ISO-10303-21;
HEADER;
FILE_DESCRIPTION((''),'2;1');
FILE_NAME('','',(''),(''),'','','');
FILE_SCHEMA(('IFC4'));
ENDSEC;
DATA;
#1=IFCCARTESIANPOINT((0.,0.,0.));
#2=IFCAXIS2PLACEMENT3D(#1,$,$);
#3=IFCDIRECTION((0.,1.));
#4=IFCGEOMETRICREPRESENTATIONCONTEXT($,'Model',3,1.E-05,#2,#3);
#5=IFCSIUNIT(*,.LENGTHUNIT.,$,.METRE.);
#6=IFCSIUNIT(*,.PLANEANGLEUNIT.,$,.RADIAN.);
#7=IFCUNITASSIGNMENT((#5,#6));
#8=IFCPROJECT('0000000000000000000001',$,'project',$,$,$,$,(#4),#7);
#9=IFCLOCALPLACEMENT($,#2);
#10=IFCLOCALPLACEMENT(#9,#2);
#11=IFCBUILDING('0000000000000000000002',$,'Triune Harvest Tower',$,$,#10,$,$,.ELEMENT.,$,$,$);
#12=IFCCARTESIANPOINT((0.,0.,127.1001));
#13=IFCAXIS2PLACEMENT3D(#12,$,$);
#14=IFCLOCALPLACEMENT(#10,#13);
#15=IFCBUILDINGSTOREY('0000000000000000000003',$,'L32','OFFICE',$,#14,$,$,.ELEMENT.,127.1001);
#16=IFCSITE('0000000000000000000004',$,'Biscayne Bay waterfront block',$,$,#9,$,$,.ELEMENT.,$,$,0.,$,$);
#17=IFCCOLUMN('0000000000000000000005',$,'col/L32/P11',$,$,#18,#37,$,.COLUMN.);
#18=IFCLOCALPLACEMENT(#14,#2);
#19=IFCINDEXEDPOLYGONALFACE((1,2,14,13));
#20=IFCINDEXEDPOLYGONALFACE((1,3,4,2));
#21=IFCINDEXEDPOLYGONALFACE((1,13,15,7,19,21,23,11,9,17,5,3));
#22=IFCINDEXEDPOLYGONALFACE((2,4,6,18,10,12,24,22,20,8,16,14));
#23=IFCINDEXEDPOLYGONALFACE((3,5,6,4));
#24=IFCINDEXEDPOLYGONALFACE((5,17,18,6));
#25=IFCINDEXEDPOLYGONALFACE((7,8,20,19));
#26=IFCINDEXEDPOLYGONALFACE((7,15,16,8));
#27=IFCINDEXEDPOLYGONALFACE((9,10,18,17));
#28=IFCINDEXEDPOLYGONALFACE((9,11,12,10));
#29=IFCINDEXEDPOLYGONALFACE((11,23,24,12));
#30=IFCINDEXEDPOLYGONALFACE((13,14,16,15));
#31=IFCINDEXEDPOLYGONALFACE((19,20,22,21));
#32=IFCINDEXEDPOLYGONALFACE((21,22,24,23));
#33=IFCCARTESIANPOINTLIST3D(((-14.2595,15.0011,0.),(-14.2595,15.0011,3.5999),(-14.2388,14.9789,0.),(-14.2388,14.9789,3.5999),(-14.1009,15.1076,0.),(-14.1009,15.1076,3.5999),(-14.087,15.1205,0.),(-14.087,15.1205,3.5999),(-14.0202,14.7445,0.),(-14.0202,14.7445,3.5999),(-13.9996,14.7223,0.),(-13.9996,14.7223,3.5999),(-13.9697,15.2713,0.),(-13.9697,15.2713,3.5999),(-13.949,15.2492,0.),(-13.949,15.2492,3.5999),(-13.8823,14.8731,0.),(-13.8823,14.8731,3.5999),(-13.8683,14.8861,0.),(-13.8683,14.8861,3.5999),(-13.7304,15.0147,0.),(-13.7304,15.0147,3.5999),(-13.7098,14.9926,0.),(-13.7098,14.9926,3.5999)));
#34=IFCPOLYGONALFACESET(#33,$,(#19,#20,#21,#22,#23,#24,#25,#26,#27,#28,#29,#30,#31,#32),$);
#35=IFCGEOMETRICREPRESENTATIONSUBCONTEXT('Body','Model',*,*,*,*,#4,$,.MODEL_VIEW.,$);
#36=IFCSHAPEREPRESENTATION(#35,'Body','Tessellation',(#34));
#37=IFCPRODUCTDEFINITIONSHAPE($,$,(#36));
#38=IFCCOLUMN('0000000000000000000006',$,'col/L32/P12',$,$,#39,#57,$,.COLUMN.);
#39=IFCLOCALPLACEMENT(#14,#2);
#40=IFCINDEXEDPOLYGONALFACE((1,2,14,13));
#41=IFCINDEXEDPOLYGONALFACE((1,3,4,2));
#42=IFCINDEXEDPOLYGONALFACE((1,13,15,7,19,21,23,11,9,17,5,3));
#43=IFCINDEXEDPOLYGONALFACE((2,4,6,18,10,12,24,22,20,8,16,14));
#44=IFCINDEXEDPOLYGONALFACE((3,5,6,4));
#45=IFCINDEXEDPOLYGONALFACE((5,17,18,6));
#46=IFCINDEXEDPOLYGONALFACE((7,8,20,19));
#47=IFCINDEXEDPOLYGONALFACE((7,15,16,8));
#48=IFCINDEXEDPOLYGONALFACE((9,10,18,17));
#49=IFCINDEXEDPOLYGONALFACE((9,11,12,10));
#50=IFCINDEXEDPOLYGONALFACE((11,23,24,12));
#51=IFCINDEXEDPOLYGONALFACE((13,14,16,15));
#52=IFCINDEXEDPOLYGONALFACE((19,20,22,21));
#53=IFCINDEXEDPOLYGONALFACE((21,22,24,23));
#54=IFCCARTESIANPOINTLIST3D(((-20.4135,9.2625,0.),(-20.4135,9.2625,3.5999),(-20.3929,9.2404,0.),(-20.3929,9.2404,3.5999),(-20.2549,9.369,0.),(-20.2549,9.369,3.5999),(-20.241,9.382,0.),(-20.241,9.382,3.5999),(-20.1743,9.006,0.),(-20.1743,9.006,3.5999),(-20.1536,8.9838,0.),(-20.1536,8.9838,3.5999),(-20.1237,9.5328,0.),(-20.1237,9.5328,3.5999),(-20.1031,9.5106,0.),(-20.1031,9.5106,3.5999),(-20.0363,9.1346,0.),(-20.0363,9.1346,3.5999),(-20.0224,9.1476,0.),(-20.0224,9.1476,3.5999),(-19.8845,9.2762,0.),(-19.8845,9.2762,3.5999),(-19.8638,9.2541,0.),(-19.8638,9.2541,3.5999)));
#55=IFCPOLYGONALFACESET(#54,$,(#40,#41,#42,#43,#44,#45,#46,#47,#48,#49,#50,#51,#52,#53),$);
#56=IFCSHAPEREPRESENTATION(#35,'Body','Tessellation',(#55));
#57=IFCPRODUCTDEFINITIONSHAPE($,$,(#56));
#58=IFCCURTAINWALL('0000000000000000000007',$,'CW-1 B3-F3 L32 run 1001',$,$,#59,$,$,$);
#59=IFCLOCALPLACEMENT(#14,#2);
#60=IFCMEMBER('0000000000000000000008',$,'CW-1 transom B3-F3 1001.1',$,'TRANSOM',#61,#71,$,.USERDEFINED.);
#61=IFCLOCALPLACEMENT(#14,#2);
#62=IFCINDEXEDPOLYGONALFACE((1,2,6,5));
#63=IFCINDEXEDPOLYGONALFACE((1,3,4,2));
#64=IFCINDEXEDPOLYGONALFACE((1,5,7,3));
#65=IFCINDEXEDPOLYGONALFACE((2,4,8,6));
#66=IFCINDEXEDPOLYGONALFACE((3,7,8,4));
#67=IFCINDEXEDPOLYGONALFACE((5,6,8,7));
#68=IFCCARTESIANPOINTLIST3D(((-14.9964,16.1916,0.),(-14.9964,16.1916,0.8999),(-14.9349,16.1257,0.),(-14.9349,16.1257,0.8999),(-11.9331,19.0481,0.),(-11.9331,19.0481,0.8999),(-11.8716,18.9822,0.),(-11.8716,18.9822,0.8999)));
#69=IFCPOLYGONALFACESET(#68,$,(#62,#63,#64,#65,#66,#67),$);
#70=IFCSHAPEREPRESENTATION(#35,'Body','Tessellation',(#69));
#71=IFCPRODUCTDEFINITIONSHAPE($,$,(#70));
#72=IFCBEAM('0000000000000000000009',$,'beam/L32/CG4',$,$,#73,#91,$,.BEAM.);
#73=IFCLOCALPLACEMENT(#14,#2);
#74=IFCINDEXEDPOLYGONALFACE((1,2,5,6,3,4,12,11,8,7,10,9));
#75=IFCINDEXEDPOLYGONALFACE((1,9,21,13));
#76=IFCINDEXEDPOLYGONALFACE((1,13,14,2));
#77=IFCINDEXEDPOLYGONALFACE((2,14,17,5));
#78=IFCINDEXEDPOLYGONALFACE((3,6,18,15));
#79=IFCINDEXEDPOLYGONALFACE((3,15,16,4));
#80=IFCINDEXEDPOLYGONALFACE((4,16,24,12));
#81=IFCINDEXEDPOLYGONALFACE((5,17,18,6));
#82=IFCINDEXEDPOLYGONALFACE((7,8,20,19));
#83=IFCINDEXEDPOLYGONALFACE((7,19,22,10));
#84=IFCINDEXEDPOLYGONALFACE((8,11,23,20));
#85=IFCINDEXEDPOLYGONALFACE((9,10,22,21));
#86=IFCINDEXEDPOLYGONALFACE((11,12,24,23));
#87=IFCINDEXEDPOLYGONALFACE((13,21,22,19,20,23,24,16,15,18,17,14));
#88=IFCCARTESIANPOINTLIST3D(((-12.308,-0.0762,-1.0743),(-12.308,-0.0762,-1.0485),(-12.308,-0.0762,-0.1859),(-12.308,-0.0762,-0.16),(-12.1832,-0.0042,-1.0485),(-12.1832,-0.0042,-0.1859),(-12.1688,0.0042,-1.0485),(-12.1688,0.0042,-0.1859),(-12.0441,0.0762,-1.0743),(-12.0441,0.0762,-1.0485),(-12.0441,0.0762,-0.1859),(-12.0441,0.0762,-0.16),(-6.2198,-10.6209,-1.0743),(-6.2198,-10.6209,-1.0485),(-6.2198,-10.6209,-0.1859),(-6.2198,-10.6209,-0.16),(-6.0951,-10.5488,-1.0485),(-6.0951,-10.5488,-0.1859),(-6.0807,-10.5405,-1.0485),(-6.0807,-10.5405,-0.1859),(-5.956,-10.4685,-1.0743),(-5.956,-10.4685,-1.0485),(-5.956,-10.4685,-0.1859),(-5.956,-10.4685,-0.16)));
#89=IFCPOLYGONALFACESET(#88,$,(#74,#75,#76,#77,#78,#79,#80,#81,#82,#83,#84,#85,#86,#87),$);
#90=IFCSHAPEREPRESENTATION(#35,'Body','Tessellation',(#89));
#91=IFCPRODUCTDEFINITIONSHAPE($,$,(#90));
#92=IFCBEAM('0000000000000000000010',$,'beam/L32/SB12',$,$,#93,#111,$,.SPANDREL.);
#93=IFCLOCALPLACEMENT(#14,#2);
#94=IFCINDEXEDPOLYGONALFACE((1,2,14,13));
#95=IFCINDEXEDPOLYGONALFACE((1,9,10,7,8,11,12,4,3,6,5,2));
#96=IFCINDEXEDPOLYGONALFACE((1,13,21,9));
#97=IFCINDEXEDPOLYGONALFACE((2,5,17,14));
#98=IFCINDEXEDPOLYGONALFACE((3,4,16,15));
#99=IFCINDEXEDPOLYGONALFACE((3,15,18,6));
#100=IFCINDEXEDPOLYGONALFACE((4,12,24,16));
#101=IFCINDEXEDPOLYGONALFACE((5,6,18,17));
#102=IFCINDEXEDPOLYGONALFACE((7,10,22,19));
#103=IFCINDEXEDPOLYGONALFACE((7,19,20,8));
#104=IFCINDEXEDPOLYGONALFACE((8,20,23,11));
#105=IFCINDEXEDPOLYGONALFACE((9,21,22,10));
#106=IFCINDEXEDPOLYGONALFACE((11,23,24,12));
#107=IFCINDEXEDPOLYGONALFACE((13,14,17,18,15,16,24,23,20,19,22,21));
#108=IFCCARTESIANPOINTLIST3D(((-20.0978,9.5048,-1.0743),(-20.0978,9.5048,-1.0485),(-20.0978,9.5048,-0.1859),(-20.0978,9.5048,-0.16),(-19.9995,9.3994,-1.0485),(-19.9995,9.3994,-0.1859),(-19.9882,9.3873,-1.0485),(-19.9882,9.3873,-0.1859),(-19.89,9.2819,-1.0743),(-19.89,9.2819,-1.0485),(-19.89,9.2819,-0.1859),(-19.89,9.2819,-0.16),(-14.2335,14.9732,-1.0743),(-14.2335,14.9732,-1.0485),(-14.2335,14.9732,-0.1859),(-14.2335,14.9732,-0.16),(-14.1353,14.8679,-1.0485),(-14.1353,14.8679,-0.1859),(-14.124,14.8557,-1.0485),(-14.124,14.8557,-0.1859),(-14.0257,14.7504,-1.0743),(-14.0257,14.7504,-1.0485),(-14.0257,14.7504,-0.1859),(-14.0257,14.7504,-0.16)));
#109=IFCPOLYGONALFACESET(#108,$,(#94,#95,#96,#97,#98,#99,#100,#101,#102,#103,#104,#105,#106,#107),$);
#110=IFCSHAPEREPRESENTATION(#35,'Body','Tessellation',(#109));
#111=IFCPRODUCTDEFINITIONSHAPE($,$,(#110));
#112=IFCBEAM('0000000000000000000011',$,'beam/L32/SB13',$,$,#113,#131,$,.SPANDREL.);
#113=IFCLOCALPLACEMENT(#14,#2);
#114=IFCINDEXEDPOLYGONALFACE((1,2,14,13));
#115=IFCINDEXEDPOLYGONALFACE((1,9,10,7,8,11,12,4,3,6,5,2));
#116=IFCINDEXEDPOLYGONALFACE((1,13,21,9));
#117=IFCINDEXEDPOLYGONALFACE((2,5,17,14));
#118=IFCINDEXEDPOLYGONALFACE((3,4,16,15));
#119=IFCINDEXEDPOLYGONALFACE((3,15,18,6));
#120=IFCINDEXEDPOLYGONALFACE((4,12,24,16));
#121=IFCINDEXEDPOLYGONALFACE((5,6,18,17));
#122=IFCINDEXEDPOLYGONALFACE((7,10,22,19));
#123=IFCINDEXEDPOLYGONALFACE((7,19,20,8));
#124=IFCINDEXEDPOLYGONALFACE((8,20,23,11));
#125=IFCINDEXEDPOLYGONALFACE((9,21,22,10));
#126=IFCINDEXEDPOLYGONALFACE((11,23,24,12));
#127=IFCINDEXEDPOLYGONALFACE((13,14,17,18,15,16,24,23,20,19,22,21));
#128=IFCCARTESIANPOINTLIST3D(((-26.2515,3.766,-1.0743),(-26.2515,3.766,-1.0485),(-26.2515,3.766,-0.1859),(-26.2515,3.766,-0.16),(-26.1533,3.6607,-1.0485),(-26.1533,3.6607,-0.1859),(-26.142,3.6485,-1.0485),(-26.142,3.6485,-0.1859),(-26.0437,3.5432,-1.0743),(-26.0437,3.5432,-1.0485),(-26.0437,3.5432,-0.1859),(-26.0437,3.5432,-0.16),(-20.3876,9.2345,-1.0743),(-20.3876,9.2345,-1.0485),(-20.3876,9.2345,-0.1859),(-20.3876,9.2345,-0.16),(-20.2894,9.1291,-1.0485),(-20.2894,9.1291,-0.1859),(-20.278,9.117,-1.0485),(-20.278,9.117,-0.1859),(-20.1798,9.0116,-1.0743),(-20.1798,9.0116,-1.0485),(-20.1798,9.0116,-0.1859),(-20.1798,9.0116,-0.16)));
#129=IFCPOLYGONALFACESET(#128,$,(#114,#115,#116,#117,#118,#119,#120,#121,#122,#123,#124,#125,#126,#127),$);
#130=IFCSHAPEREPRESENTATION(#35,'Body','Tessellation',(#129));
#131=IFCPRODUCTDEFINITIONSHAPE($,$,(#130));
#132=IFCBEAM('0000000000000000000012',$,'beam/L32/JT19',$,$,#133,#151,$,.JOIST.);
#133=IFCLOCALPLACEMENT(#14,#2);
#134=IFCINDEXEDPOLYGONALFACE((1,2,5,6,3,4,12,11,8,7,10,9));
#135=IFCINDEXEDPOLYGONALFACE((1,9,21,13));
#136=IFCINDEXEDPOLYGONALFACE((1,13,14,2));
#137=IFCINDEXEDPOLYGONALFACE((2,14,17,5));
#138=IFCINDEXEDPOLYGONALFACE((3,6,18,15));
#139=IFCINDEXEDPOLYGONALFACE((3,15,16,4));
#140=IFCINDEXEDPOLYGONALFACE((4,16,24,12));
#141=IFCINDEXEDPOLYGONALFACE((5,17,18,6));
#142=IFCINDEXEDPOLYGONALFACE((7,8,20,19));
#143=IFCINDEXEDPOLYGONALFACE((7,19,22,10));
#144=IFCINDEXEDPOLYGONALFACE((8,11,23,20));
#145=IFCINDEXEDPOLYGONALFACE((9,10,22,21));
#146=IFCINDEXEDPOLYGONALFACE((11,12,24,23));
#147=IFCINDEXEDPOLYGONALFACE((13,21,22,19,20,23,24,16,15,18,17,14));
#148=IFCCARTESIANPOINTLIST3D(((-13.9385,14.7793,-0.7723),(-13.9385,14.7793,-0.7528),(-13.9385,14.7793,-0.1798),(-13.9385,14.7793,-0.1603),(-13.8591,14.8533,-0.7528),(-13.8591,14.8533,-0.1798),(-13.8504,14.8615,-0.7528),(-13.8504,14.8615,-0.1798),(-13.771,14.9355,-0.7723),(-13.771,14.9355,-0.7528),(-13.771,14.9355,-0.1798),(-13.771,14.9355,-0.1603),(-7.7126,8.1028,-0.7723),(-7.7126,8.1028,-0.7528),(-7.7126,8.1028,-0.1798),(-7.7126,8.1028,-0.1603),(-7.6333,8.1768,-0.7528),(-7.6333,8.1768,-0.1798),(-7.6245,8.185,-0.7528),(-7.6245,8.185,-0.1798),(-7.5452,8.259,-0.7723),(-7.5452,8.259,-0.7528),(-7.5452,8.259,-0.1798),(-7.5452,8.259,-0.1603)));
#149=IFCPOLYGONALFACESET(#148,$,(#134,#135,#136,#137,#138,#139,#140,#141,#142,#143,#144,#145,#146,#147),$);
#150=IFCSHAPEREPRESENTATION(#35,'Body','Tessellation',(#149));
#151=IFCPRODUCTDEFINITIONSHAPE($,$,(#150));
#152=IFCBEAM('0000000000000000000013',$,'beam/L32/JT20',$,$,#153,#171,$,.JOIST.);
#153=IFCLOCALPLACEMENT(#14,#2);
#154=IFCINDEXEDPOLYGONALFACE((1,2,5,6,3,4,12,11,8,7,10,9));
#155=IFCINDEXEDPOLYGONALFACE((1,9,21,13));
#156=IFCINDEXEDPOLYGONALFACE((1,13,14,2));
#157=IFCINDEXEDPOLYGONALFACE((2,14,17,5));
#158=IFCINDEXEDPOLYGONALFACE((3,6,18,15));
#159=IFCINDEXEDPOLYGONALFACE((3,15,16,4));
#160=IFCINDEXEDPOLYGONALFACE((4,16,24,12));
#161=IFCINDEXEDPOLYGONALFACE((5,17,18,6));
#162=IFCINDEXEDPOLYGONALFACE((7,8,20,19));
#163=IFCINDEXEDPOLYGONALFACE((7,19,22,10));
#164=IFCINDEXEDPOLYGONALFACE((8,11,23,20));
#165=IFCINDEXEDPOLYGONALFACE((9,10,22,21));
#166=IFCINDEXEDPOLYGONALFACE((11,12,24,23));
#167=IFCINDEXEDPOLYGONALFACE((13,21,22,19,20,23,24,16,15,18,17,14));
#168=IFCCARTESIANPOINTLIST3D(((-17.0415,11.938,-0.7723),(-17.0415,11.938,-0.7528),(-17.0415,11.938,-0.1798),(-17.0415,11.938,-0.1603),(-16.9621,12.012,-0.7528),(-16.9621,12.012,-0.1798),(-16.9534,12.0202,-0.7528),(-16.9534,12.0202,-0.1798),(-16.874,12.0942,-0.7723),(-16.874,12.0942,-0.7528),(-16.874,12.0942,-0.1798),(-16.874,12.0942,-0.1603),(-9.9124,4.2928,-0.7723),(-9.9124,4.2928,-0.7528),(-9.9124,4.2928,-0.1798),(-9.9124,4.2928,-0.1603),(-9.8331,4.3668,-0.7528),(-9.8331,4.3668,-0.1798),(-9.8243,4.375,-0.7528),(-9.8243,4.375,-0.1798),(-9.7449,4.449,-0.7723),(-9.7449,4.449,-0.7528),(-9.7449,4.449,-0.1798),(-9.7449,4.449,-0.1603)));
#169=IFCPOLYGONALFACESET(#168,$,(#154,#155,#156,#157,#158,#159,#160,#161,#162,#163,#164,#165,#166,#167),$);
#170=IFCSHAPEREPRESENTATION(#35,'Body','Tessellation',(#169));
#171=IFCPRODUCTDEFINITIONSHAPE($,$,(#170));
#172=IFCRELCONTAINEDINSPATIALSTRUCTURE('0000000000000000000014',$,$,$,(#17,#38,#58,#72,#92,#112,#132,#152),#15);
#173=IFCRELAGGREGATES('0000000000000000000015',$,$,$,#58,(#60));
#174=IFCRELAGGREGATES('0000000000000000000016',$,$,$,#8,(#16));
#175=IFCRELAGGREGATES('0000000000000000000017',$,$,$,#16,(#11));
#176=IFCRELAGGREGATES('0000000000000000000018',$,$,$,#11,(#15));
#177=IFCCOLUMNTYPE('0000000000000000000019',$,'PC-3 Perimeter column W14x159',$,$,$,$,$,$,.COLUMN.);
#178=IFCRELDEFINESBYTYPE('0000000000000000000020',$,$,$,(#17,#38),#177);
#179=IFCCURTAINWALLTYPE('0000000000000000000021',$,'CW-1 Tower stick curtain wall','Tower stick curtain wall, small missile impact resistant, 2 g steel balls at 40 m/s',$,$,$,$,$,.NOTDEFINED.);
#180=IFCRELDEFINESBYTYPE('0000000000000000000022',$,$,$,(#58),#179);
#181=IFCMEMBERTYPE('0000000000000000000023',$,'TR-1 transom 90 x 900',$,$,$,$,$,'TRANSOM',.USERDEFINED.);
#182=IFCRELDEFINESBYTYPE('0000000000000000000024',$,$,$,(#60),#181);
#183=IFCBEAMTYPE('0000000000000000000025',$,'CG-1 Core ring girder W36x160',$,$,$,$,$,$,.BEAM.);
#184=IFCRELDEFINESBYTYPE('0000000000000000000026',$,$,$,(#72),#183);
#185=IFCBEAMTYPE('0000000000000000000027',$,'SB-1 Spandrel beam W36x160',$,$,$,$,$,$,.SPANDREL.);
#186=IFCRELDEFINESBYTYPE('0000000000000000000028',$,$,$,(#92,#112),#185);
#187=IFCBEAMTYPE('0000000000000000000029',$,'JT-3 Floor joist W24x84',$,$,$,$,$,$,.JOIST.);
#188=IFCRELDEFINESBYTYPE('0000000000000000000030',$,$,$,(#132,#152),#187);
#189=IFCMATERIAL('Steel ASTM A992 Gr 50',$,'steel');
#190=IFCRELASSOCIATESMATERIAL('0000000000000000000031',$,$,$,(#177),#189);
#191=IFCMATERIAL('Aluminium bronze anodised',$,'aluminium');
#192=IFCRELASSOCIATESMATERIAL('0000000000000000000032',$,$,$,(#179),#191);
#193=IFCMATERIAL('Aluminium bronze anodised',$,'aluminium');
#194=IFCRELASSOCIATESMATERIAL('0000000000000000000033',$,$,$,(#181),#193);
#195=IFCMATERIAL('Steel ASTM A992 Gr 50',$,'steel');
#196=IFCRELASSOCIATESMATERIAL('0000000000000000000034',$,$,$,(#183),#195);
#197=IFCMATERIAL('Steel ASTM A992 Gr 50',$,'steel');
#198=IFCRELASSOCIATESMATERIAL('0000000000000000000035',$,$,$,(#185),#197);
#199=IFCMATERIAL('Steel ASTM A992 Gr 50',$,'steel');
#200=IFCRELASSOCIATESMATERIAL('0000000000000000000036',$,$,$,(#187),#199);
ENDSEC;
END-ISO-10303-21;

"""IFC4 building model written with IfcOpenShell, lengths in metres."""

from ifc_helpers import new_model, si_unit, direction, frame, origin, origin_2d, place, context, subcontext, project, spatial, rectangle, i_section, extrude, source, transform, mapped, material, material_profile, profile_set, type_object, element, aggregate, save


model = new_model("IFC4")

# Units and contexts
model_context = context("Model", 3, precision=1e-05, world=origin(), true_north=direction((0.0, 1.0)))
body_context = subcontext(model_context, "Body", "Model", "MODEL_VIEW")
ifc_project = project(units=[si_unit("LENGTHUNIT", "METRE"), si_unit("PLANEANGLEUNIT", "RADIAN")], contexts=[model_context])

# Site, building, storey
site_placement = place(None, origin())
site = spatial("IfcSite", under=ifc_project, at=site_placement, Name="Biscayne Bay waterfront block", CompositionType="ELEMENT", RefElevation=0.0)
building_placement = place(site_placement, origin())
building = spatial("IfcBuilding", under=site, at=building_placement, Name="Triune Harvest Tower", CompositionType="ELEMENT")
storey_placement = place(building_placement, frame((0.0, 0.0, 127.1001)))
storey = spatial("IfcBuildingStorey", under=building, at=storey_placement, Name="L32", Description="OFFICE", CompositionType="ELEMENT", Elevation=127.1001)

# Columns
ifc_material_1 = material(Name="Steel ASTM A992 Gr 50", Category="steel")
ifc_material_profile_1 = material_profile(ifc_material_1, i_section(OverallWidth=0.3962, OverallDepth=0.3811, WebThickness=0.019, FlangeThickness=0.0303, at=origin_2d()), Name="W14x159")
ifc_profile_set_1 = profile_set([ifc_material_profile_1], Name="Steel ASTM A992 Gr 50")
column_type = type_object("IfcColumnType", Name="PC-3 Perimeter column W14x159", PredefinedType="COLUMN", material=ifc_profile_set_1)
shared_shape_1 = source(origin(), body_context, "Body", "SweptSolid", [
    extrude(i_section(OverallWidth=0.3962, OverallDepth=0.3811, WebThickness=0.019, FlangeThickness=0.0303, at=origin_2d()), origin(), (0.0, 0.0, 1.0), 3.5999),
])
for number, where, z_axis, x_axis, name in (
    (1, (-13.9846, 14.9968, 0.0), (0.0, 0.0, 1.0), (-0.731355, -0.681997, 0.0), "col/L32/P11"),
    (2, (-20.1387, 9.2583, 0.0), (0.0, 0.0, 1.0), (-0.731355, -0.681997, 0.0), "col/L32/P12"),
):
    element("IfcColumn", number, at=place(storey_placement, frame(where, z_axis=z_axis, x_axis=x_axis)), inside=storey, type_object=column_type, Name=name, PredefinedType="COLUMN", context=body_context, shape_type="MappedRepresentation", body=[
        mapped(shared_shape_1, transform((0.0, 0.0, 0.0), scale=1.0)),
    ])

# Curtain wall, member
ifc_material_2 = material(Name="Aluminium bronze anodised", Category="aluminium")
curtain_wall_type_1 = type_object("IfcCurtainWallType", Name="CW-1 Tower stick curtain wall", Description="Tower stick curtain wall, small missile impact resistant, 2 g steel balls at 40 m/s", PredefinedType="NOTDEFINED", material=ifc_material_2)
curtain_wall_1_placement = place(storey_placement, origin())
curtain_wall_1 = element("IfcCurtainWall", 3, at=curtain_wall_1_placement, inside=storey, type_object=curtain_wall_type_1, Name="CW-1 B3-F3 L32 run 1001")
ifc_material_3 = material(Name="Aluminium bronze anodised", Category="aluminium")
ifc_material_profile_2 = material_profile(ifc_material_3, rectangle(XDim=0.0901, YDim=0.8999, at=origin_2d()), Name="TR-1 transom 90 x 900")
ifc_profile_set_2 = profile_set([ifc_material_profile_2], Name="Aluminium bronze anodised")
member_type_1 = type_object("IfcMemberType", Name="TR-1 transom 90 x 900", ElementType="TRANSOM", PredefinedType="USERDEFINED", material=ifc_profile_set_2)
member_1_placement = place(storey_placement, frame((-11.9023, 19.0151, 0.45), z_axis=(-0.731361, -0.68199, 0.0), x_axis=(0.68199, -0.731361, 0.0)))
member_1 = element("IfcMember", 4, at=member_1_placement, type_object=member_type_1, Name="CW-1 transom B3-F3 1001.1", ObjectType="TRANSOM", PredefinedType="USERDEFINED", context=body_context, shape_type="SweptSolid", body=[
    extrude(rectangle(XDim=0.0901, YDim=0.8999, at=origin_2d()), origin(), (0.0, 0.0, 1.0), 4.1885),
])

# Beams
ifc_material_4 = material(Name="Steel ASTM A992 Gr 50", Category="steel")
ifc_material_profile_3 = material_profile(ifc_material_4, i_section(OverallWidth=0.3047, OverallDepth=0.9143, WebThickness=0.0166, FlangeThickness=0.0259, at=origin_2d()), Name="W36x160")
ifc_profile_set_3 = profile_set([ifc_material_profile_3], Name="Steel ASTM A992 Gr 50")
beam_type_1 = type_object("IfcBeamType", Name="CG-1 Core ring girder W36x160", PredefinedType="BEAM", material=ifc_profile_set_3)
shared_shape_2 = source(origin(), body_context, "Body", "SweptSolid", [
    extrude(i_section(OverallWidth=0.3047, OverallDepth=0.9143, WebThickness=0.0166, FlangeThickness=0.0259, at=origin_2d()), origin(), (0.0, 0.0, 1.0), 12.176),
])
beam_1_placement = place(storey_placement, frame((-12.176, 0.0, -0.6172), z_axis=(0.50001, -0.86602, 0.0), x_axis=(0.86602, 0.50001, 0.0)))
element("IfcBeam", 5, at=beam_1_placement, inside=storey, type_object=beam_type_1, Name="beam/L32/CG4", PredefinedType="BEAM", context=body_context, shape_type="MappedRepresentation", body=[
    mapped(shared_shape_2, transform((0.0, 0.0, 0.0), scale=1.0)),
])
ifc_material_5 = material(Name="Steel ASTM A992 Gr 50", Category="steel")
ifc_material_profile_4 = material_profile(ifc_material_5, i_section(OverallWidth=0.3047, OverallDepth=0.9143, WebThickness=0.0166, FlangeThickness=0.0259, at=origin_2d()), Name="W36x160")
ifc_profile_set_4 = profile_set([ifc_material_profile_4], Name="Steel ASTM A992 Gr 50")
beam_type_2 = type_object("IfcBeamType", Name="SB-1 Spandrel beam W36x160", PredefinedType="SPANDREL", material=ifc_profile_set_4)
shared_shape_3 = source(origin(), body_context, "Body", "SweptSolid", [
    extrude(i_section(OverallWidth=0.3047, OverallDepth=0.9143, WebThickness=0.0166, FlangeThickness=0.0259, at=origin_2d()), origin(), (0.0, 0.0, 1.0), 8.0183),
])
beam_2_placement = place(storey_placement, frame((-14.1296, 14.8618, -0.6172), z_axis=(-0.731354, -0.681998, 0.0), x_axis=(0.681998, -0.731354, 0.0)))
element("IfcBeam", 6, at=beam_2_placement, inside=storey, type_object=beam_type_2, Name="beam/L32/SB12", PredefinedType="SPANDREL", context=body_context, shape_type="MappedRepresentation", body=[
    mapped(shared_shape_3, transform((0.0, 0.0, 0.0), scale=1.0)),
])
shared_shape_4 = source(origin(), body_context, "Body", "SweptSolid", [
    extrude(i_section(OverallWidth=0.3047, OverallDepth=0.9143, WebThickness=0.0166, FlangeThickness=0.0259, at=origin_2d()), origin(), (0.0, 0.0, 1.0), 8.0181),
])
beam_3_placement = place(storey_placement, frame((-20.2837, 9.123, -0.6172), z_axis=(-0.73134, -0.682013, 0.0), x_axis=(0.682013, -0.73134, 0.0)))
element("IfcBeam", 7, at=beam_3_placement, inside=storey, type_object=beam_type_2, Name="beam/L32/SB13", PredefinedType="SPANDREL", context=body_context, shape_type="MappedRepresentation", body=[
    mapped(shared_shape_4, transform((0.0, 0.0, 0.0), scale=1.0)),
])
ifc_material_6 = material(Name="Steel ASTM A992 Gr 50", Category="steel")
ifc_material_profile_5 = material_profile(ifc_material_6, i_section(OverallWidth=0.229, OverallDepth=0.6121, WebThickness=0.012, FlangeThickness=0.0195, at=origin_2d()), Name="W24x84")
ifc_profile_set_5 = profile_set([ifc_material_profile_5], Name="Steel ASTM A992 Gr 50")
beam_type_3 = type_object("IfcBeamType", Name="JT-3 Floor joist W24x84", PredefinedType="JOIST", material=ifc_profile_set_5)
shared_shape_5 = source(origin(), body_context, "Body", "SweptSolid", [
    extrude(i_section(OverallWidth=0.229, OverallDepth=0.6121, WebThickness=0.012, FlangeThickness=0.0195, at=origin_2d()), origin(), (0.0, 0.0, 1.0), 9.1289),
])
beam_4_placement = place(storey_placement, frame((-13.8547, 14.8574, -0.4663), z_axis=(0.681991, -0.73136, 0.0), x_axis=(0.73136, 0.681991, 0.0)))
element("IfcBeam", 8, at=beam_4_placement, inside=storey, type_object=beam_type_3, Name="beam/L32/JT19", PredefinedType="JOIST", context=body_context, shape_type="MappedRepresentation", body=[
    mapped(shared_shape_5, transform((0.0, 0.0, 0.0), scale=1.0)),
])
shared_shape_6 = source(origin(), body_context, "Body", "SweptSolid", [
    extrude(i_section(OverallWidth=0.229, OverallDepth=0.6121, WebThickness=0.012, FlangeThickness=0.0195, at=origin_2d()), origin(), (0.0, 0.0, 1.0), 10.4534),
])
beam_5_placement = place(storey_placement, frame((-16.9578, 12.0161, -0.4663), z_axis=(0.681989, -0.731362, 0.0), x_axis=(0.731362, 0.681989, 0.0)))
element("IfcBeam", 9, at=beam_5_placement, inside=storey, type_object=beam_type_3, Name="beam/L32/JT20", PredefinedType="JOIST", context=body_context, shape_type="MappedRepresentation", body=[
    mapped(shared_shape_6, transform((0.0, 0.0, 0.0), scale=1.0)),
])

aggregate(curtain_wall_1, [member_1])

save(model, "model.ifc")
